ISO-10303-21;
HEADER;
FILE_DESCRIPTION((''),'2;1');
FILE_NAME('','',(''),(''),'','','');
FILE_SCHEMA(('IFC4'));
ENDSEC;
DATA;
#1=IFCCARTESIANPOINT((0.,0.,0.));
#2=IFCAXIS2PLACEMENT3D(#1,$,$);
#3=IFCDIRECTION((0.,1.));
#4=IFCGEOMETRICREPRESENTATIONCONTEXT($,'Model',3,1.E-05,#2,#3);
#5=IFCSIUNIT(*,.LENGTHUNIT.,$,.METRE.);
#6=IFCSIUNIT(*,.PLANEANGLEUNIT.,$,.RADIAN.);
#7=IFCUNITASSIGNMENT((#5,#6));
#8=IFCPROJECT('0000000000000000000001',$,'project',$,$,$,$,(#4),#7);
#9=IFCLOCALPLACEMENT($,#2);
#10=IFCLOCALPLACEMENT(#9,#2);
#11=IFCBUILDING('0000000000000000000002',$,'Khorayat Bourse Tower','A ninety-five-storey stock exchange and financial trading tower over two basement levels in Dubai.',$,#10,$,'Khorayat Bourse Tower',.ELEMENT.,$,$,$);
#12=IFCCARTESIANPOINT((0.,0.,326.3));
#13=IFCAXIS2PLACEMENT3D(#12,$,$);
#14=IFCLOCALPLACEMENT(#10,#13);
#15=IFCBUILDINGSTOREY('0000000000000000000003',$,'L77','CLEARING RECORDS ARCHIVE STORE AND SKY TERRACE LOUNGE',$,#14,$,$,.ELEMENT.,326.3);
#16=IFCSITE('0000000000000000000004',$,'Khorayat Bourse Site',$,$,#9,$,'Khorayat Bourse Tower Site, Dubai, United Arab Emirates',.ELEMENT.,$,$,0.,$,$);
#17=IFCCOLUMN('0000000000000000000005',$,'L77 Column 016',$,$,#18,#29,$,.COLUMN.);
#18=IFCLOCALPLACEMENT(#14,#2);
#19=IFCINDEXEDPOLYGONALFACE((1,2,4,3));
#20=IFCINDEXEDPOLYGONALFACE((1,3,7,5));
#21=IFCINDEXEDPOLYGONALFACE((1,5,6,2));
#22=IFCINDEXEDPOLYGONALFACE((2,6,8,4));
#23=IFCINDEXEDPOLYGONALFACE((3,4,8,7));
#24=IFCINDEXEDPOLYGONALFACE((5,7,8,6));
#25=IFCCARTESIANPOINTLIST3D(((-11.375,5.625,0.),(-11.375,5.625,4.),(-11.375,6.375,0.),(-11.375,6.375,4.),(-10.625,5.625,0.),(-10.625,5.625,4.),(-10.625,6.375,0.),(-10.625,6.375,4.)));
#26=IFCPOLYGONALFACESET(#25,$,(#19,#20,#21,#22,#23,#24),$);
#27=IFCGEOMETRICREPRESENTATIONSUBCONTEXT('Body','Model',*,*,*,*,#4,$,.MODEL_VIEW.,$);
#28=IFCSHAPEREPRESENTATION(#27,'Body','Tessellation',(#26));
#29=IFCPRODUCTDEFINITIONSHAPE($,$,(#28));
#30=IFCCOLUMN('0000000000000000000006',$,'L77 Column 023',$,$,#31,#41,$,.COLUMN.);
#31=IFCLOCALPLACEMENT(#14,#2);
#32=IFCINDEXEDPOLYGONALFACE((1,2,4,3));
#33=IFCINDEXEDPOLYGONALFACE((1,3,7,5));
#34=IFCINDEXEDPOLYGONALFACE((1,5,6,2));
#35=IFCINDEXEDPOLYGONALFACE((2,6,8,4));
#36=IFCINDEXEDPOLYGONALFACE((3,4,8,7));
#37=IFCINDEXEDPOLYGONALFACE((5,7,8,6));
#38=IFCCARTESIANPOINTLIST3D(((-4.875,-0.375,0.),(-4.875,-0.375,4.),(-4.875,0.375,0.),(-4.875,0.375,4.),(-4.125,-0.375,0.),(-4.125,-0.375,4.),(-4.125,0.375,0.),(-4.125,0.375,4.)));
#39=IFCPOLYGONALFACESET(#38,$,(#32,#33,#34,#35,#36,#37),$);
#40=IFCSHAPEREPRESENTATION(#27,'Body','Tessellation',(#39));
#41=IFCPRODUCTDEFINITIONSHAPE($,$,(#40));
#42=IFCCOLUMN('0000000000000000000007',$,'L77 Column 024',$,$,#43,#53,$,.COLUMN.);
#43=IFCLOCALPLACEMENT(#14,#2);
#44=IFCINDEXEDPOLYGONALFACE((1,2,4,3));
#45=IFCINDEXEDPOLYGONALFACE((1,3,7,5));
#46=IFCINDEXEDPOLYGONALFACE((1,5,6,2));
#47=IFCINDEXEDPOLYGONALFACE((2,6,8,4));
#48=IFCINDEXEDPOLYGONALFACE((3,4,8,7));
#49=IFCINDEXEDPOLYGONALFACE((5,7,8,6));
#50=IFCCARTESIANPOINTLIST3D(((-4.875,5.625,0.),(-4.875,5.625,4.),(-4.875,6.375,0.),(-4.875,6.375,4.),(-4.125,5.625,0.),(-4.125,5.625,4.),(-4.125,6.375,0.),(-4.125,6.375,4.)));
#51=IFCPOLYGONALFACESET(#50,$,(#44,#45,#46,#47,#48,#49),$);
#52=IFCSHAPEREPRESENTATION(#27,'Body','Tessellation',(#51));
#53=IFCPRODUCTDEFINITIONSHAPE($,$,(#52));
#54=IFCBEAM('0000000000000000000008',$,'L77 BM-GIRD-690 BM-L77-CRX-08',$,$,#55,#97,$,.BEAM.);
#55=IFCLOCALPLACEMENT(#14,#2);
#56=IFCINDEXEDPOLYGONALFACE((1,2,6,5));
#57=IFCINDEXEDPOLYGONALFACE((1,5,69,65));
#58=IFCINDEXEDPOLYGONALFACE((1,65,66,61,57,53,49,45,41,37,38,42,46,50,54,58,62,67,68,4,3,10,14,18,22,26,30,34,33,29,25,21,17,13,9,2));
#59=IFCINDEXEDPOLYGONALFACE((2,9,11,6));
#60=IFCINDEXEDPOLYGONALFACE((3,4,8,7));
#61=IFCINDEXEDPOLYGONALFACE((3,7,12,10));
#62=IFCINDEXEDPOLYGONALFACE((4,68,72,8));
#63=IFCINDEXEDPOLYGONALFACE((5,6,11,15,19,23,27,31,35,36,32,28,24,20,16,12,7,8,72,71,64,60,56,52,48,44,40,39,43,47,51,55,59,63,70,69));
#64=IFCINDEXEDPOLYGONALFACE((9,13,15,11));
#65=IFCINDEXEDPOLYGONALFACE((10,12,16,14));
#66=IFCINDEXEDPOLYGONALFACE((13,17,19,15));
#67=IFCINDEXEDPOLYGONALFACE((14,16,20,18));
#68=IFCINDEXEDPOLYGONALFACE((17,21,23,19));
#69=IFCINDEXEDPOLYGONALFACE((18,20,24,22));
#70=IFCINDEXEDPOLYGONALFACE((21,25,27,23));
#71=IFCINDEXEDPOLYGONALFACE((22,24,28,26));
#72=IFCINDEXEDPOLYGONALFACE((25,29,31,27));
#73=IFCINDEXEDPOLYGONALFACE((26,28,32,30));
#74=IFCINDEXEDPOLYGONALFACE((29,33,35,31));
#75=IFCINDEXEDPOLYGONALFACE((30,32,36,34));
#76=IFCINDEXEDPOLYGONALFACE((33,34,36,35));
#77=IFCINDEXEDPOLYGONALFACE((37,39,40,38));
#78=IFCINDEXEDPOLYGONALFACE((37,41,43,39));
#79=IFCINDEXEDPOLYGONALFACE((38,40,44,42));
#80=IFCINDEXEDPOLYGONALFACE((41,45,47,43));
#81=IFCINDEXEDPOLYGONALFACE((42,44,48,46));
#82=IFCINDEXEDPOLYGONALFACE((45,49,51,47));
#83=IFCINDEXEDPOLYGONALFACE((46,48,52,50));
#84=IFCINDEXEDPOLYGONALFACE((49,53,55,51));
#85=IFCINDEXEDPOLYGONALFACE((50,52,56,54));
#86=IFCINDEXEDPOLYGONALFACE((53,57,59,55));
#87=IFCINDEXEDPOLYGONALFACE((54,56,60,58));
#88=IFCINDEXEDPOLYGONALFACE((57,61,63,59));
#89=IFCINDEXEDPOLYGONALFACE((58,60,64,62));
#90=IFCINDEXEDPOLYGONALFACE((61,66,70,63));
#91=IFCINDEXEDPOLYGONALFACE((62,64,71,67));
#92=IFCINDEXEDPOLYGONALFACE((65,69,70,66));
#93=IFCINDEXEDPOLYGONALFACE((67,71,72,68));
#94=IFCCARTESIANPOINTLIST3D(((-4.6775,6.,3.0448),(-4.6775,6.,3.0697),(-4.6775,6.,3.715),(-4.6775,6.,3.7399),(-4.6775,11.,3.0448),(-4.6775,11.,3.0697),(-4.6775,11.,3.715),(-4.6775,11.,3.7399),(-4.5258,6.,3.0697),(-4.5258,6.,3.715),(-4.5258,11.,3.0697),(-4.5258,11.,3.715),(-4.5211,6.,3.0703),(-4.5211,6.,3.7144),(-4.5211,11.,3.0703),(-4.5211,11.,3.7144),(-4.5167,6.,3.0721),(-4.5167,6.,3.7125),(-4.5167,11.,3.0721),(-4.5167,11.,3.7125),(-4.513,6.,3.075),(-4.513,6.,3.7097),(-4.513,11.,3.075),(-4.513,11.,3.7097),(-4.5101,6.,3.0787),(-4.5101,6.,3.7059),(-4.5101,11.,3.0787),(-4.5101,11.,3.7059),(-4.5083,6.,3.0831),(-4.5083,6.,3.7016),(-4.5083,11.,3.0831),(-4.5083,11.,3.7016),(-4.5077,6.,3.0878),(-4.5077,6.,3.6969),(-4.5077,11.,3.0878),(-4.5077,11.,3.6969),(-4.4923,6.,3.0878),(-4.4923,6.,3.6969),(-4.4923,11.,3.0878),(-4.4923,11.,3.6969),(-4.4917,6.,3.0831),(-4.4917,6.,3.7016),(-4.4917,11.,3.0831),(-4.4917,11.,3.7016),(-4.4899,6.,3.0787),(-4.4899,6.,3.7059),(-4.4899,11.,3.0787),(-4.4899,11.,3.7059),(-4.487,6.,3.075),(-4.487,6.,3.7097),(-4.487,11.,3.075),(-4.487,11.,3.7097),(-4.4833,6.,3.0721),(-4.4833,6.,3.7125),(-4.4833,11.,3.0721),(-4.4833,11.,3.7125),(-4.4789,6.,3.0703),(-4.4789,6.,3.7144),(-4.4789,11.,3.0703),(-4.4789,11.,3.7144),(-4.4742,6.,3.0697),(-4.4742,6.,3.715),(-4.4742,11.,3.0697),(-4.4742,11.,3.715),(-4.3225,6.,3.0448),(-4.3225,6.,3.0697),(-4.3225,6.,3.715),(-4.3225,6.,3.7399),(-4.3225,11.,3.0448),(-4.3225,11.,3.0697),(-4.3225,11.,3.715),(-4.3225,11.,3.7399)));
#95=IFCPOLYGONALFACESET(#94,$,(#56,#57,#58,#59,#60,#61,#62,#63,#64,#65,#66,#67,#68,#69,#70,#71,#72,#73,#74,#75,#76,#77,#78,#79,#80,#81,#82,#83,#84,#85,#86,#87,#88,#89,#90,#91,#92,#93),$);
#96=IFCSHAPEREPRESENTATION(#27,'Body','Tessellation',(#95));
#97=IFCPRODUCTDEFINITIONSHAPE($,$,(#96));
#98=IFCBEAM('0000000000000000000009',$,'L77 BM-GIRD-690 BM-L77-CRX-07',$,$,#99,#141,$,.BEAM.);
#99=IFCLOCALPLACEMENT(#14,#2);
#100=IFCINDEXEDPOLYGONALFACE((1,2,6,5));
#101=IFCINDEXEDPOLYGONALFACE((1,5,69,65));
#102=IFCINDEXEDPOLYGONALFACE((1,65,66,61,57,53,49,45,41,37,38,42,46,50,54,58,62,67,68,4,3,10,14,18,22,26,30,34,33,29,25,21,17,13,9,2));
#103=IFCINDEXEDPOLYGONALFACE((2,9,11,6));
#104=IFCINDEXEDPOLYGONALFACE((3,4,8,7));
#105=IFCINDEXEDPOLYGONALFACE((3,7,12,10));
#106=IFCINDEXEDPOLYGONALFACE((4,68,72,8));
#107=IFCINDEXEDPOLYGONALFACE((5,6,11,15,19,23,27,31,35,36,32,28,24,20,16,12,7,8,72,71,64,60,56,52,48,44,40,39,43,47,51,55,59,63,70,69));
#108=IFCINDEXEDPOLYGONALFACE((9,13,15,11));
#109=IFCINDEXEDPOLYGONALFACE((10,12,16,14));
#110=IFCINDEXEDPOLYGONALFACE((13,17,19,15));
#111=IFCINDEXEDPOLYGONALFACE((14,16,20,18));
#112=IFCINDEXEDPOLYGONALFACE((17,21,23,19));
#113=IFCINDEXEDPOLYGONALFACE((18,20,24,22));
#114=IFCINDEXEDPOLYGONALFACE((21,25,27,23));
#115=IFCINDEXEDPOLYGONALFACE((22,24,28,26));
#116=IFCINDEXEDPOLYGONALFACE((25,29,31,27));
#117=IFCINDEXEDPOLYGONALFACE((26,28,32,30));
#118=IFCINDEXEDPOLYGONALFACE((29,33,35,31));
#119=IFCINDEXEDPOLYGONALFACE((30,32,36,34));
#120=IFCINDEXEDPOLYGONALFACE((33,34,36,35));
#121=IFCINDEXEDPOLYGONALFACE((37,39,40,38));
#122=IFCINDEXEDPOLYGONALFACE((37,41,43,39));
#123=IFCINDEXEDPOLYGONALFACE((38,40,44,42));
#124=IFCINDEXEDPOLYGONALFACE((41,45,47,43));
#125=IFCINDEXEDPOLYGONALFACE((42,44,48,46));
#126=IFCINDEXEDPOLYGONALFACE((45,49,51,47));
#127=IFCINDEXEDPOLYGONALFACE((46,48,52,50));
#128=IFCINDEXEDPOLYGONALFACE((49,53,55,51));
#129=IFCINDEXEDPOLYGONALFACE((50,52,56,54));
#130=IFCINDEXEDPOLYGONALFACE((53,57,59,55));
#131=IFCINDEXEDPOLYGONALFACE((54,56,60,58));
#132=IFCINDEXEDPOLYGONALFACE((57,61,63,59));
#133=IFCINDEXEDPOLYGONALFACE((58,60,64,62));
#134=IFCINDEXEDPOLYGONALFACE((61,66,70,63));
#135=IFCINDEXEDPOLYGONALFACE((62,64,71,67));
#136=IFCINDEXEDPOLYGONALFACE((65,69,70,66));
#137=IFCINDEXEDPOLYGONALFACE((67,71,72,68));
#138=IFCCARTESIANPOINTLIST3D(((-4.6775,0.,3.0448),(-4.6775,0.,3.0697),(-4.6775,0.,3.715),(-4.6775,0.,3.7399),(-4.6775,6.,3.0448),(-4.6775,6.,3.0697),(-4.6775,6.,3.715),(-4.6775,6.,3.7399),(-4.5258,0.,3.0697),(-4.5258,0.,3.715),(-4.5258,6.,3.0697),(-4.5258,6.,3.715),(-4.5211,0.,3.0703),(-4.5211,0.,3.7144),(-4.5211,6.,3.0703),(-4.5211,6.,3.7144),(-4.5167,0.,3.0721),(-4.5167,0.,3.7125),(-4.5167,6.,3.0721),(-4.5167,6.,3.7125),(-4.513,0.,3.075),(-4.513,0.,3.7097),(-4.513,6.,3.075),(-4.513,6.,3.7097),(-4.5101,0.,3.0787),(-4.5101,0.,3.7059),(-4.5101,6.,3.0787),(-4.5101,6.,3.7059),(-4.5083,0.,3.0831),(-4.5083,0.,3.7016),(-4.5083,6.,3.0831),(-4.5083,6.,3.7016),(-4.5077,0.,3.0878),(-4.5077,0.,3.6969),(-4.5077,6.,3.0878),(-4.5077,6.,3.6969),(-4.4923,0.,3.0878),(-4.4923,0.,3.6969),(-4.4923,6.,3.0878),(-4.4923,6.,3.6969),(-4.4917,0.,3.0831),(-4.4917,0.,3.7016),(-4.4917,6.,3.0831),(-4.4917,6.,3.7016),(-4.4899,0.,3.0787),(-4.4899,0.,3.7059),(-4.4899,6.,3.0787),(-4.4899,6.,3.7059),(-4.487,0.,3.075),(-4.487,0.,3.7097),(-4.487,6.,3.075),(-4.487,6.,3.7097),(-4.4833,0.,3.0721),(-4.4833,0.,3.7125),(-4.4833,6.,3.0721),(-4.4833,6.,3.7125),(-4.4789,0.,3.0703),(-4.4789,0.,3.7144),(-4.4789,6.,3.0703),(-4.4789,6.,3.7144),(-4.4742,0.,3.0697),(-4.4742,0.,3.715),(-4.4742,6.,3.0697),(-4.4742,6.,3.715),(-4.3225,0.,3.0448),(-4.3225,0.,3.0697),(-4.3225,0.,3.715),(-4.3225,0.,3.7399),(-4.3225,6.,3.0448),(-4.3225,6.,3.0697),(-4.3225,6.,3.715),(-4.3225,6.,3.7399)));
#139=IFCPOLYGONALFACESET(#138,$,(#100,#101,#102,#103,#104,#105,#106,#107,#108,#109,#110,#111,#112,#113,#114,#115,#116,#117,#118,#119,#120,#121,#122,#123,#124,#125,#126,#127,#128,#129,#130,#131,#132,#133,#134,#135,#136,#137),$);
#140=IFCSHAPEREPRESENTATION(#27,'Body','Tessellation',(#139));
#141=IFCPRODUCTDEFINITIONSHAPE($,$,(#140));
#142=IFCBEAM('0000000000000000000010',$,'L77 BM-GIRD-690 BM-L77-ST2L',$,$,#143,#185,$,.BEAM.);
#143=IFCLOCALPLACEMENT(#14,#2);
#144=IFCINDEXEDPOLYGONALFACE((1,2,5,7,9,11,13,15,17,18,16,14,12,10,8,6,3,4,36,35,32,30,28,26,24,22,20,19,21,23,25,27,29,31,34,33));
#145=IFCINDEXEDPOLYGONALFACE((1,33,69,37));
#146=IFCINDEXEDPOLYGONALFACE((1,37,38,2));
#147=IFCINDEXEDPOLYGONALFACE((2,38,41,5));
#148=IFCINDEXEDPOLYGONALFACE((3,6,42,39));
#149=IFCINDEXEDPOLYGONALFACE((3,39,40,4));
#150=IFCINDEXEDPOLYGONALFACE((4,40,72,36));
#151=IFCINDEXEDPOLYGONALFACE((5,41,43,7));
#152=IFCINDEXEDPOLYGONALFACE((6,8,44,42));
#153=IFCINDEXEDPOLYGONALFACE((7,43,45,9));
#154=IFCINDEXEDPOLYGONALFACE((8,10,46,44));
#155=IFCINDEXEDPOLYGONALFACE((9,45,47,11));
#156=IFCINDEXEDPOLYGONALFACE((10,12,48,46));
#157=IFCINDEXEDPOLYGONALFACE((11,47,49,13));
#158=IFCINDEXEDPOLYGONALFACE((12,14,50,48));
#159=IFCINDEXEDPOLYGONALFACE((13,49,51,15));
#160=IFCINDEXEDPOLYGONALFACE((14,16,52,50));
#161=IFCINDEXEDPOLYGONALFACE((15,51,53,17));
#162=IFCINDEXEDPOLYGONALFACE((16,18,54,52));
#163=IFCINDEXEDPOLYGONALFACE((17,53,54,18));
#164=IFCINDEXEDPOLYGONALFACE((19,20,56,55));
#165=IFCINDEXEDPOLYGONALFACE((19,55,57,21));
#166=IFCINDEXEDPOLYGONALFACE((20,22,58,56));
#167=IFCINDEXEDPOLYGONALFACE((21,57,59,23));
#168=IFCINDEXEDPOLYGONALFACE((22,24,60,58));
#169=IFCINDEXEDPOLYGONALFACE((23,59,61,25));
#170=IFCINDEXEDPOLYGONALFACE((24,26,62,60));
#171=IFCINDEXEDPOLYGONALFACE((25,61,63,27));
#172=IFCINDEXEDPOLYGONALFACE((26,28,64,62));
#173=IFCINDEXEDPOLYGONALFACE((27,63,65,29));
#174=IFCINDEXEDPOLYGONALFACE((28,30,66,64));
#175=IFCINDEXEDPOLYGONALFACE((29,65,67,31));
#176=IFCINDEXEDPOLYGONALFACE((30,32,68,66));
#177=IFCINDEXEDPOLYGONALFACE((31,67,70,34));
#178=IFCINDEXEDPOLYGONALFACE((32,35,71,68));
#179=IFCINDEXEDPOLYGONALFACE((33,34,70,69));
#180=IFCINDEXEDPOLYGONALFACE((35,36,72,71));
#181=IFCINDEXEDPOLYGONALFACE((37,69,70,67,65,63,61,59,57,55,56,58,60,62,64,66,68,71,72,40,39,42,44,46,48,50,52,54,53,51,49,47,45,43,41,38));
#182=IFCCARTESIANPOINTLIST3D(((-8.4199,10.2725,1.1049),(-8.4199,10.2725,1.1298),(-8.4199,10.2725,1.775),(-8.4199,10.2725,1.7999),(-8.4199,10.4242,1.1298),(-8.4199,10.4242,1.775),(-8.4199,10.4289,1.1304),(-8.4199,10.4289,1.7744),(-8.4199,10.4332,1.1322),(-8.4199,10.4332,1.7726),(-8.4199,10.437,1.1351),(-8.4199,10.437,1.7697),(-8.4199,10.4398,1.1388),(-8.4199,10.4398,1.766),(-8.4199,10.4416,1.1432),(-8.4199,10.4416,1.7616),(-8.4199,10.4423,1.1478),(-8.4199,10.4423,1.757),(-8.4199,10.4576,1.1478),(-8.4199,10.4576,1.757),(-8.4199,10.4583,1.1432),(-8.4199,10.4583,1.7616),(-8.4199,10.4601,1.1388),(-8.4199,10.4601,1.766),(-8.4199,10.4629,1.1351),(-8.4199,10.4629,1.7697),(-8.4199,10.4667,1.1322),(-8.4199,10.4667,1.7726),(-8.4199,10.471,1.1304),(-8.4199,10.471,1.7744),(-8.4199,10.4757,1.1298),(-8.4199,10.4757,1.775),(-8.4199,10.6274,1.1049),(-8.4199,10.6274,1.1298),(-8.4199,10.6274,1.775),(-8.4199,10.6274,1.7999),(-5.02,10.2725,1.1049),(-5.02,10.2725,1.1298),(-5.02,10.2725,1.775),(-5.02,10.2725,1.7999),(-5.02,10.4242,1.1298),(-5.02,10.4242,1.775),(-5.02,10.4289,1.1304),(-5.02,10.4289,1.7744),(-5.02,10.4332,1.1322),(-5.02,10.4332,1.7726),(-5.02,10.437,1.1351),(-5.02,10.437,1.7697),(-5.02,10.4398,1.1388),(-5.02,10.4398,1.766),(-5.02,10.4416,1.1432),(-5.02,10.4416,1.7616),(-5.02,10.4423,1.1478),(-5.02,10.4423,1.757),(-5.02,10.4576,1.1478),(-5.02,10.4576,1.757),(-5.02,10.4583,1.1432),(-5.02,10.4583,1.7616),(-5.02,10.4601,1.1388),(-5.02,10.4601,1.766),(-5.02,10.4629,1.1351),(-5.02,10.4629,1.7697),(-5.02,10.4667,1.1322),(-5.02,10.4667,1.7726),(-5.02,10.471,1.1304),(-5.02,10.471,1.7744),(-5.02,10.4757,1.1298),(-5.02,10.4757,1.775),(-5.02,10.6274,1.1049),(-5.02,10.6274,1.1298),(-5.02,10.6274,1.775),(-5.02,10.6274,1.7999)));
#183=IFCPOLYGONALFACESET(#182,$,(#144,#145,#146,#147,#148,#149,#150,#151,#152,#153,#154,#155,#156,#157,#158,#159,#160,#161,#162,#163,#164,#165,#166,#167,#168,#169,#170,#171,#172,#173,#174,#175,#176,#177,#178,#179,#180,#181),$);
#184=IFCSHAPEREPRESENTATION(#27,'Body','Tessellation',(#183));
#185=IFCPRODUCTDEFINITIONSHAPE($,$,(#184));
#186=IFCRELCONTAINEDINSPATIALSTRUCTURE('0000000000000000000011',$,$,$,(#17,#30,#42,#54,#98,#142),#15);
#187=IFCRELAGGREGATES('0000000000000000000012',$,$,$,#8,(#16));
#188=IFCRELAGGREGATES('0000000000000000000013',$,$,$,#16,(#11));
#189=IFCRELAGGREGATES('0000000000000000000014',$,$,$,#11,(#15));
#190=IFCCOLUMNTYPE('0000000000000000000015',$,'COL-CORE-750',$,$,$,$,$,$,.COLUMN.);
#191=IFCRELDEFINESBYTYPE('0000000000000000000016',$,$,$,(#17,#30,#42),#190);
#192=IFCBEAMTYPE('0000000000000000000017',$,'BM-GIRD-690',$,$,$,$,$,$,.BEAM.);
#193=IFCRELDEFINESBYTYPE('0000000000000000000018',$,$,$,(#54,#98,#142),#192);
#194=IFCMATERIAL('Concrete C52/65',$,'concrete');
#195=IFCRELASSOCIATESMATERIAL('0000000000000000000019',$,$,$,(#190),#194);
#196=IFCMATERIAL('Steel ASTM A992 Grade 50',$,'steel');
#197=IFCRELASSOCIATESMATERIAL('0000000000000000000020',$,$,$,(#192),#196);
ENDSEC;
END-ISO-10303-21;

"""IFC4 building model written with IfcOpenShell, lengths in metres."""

from ifc_helpers import new_model, si_unit, direction, frame, origin, origin_2d, place, context, subcontext, project, spatial, rectangle, i_section, extrude, source, transform, mapped, material, material_profile, profile_set, type_object, element, save


model = new_model("IFC4")

# Units and contexts
model_context = context("Model", 3, precision=1e-05, world=origin(), true_north=direction((0.0, 1.0)))
body_context = subcontext(model_context, "Body", "Model", "MODEL_VIEW")
ifc_project = project(units=[si_unit("LENGTHUNIT", "METRE"), si_unit("PLANEANGLEUNIT", "RADIAN")], contexts=[model_context])

# Site, building, storey
site_placement = place(None, origin())
site = spatial("IfcSite", under=ifc_project, at=site_placement, Name="Khorayat Bourse Site", LongName="Khorayat Bourse Tower Site, Dubai, United Arab Emirates", CompositionType="ELEMENT", RefElevation=0.0)
building_placement = place(site_placement, origin())
building = spatial("IfcBuilding", under=site, at=building_placement, Name="Khorayat Bourse Tower", Description="A ninety-five-storey stock exchange and financial trading tower over two basement levels in Dubai.", LongName="Khorayat Bourse Tower", CompositionType="ELEMENT")
storey_placement = place(building_placement, frame((0.0, 0.0, 326.3)))
storey = spatial("IfcBuildingStorey", under=building, at=storey_placement, Name="L77", Description="CLEARING RECORDS ARCHIVE STORE AND SKY TERRACE LOUNGE", CompositionType="ELEMENT", Elevation=326.3)

# Columns
ifc_material_1 = material(Name="Concrete C52/65", Category="concrete")
ifc_material_profile_1 = material_profile(ifc_material_1, rectangle(XDim=0.75, YDim=0.75, at=origin_2d()), Name="RC 750x750")
ifc_profile_set_1 = profile_set([ifc_material_profile_1], Name="Concrete C52/65")
column_type = type_object("IfcColumnType", Name="COL-CORE-750", PredefinedType="COLUMN", material=ifc_profile_set_1)
shared_shape_1 = source(origin(), body_context, "Body", "SweptSolid", [
    extrude(rectangle(XDim=0.75, YDim=0.75, at=origin_2d()), origin(), (0.0, 0.0, 1.0), 4.0),
])
for number, where, z_axis, x_axis, name in (
    (1, (-11.0, 6.0, 0.0), (0.0, 0.0, 1.0), (1.0, 0.0, 0.0), "L77 Column 016"),
    (2, (-4.5, 0.0, 0.0), (0.0, 0.0, 1.0), (1.0, 0.0, 0.0), "L77 Column 023"),
    (3, (-4.5, 6.0, 0.0), (0.0, 0.0, 1.0), (1.0, 0.0, 0.0), "L77 Column 024"),
):
    element("IfcColumn", number, at=place(storey_placement, frame(where, z_axis=z_axis, x_axis=x_axis)), inside=storey, type_object=column_type, Name=name, PredefinedType="COLUMN", context=body_context, shape_type="MappedRepresentation", body=[
        mapped(shared_shape_1, transform((0.0, 0.0, 0.0), scale=1.0)),
    ])

# Beams
ifc_material_2 = material(Name="Steel ASTM A992 Grade 50", Category="steel")
ifc_material_profile_2 = material_profile(ifc_material_2, i_section(OverallWidth=0.355, OverallDepth=0.6951, WebThickness=0.0154, FlangeThickness=0.0249, FilletRadius=0.0181, at=origin_2d()), Name="W690X217")
ifc_profile_set_2 = profile_set([ifc_material_profile_2], Name="Steel ASTM A992 Grade 50")
beam_type_1 = type_object("IfcBeamType", Name="BM-GIRD-690", PredefinedType="BEAM", material=ifc_profile_set_2)
shared_shape_2 = source(origin(), body_context, "Body", "SweptSolid", [
    extrude(i_section(OverallWidth=0.355, OverallDepth=0.6951, WebThickness=0.0154, FlangeThickness=0.0249, FilletRadius=0.0181, at=origin_2d()), origin(), (0.0, 0.0, 1.0), 5.0),
])
beam_1_placement = place(storey_placement, frame((-4.5, 6.0, 3.3923), z_axis=(0.0, 1.0, 0.0), x_axis=(-1.0, 0.0, 0.0)))
element("IfcBeam", 4, at=beam_1_placement, inside=storey, type_object=beam_type_1, Name="L77 BM-GIRD-690 BM-L77-CRX-08", PredefinedType="BEAM", context=body_context, shape_type="MappedRepresentation", body=[
    mapped(shared_shape_2, transform((0.0, 0.0, 0.0), scale=1.0)),
])
shared_shape_3 = source(origin(), body_context, "Body", "SweptSolid", [
    extrude(i_section(OverallWidth=0.355, OverallDepth=0.6951, WebThickness=0.0154, FlangeThickness=0.0249, FilletRadius=0.0181, at=origin_2d()), origin(), (0.0, 0.0, 1.0), 6.0),
])
beam_2_placement = place(storey_placement, frame((-4.5, 0.0, 3.3923), z_axis=(0.0, 1.0, 0.0), x_axis=(-1.0, 0.0, 0.0)))
element("IfcBeam", 5, at=beam_2_placement, inside=storey, type_object=beam_type_1, Name="L77 BM-GIRD-690 BM-L77-CRX-07", PredefinedType="BEAM", context=body_context, shape_type="MappedRepresentation", body=[
    mapped(shared_shape_3, transform((0.0, 0.0, 0.0), scale=1.0)),
])
shared_shape_4 = source(origin(), body_context, "Body", "SweptSolid", [
    extrude(i_section(OverallWidth=0.355, OverallDepth=0.6951, WebThickness=0.0154, FlangeThickness=0.0249, FilletRadius=0.0181, at=origin_2d()), origin(), (0.0, 0.0, 1.0), 3.3999),
])
beam_3_placement = place(storey_placement, frame((-8.4199, 10.45, 1.4524), z_axis=(1.0, 0.0, 0.0), x_axis=(0.0, 1.0, 0.0)))
element("IfcBeam", 6, at=beam_3_placement, inside=storey, type_object=beam_type_1, Name="L77 BM-GIRD-690 BM-L77-ST2L", PredefinedType="BEAM", context=body_context, shape_type="MappedRepresentation", body=[
    mapped(shared_shape_4, transform((0.0, 0.0, 0.0), scale=1.0)),
])

save(model, "model.ifc")
